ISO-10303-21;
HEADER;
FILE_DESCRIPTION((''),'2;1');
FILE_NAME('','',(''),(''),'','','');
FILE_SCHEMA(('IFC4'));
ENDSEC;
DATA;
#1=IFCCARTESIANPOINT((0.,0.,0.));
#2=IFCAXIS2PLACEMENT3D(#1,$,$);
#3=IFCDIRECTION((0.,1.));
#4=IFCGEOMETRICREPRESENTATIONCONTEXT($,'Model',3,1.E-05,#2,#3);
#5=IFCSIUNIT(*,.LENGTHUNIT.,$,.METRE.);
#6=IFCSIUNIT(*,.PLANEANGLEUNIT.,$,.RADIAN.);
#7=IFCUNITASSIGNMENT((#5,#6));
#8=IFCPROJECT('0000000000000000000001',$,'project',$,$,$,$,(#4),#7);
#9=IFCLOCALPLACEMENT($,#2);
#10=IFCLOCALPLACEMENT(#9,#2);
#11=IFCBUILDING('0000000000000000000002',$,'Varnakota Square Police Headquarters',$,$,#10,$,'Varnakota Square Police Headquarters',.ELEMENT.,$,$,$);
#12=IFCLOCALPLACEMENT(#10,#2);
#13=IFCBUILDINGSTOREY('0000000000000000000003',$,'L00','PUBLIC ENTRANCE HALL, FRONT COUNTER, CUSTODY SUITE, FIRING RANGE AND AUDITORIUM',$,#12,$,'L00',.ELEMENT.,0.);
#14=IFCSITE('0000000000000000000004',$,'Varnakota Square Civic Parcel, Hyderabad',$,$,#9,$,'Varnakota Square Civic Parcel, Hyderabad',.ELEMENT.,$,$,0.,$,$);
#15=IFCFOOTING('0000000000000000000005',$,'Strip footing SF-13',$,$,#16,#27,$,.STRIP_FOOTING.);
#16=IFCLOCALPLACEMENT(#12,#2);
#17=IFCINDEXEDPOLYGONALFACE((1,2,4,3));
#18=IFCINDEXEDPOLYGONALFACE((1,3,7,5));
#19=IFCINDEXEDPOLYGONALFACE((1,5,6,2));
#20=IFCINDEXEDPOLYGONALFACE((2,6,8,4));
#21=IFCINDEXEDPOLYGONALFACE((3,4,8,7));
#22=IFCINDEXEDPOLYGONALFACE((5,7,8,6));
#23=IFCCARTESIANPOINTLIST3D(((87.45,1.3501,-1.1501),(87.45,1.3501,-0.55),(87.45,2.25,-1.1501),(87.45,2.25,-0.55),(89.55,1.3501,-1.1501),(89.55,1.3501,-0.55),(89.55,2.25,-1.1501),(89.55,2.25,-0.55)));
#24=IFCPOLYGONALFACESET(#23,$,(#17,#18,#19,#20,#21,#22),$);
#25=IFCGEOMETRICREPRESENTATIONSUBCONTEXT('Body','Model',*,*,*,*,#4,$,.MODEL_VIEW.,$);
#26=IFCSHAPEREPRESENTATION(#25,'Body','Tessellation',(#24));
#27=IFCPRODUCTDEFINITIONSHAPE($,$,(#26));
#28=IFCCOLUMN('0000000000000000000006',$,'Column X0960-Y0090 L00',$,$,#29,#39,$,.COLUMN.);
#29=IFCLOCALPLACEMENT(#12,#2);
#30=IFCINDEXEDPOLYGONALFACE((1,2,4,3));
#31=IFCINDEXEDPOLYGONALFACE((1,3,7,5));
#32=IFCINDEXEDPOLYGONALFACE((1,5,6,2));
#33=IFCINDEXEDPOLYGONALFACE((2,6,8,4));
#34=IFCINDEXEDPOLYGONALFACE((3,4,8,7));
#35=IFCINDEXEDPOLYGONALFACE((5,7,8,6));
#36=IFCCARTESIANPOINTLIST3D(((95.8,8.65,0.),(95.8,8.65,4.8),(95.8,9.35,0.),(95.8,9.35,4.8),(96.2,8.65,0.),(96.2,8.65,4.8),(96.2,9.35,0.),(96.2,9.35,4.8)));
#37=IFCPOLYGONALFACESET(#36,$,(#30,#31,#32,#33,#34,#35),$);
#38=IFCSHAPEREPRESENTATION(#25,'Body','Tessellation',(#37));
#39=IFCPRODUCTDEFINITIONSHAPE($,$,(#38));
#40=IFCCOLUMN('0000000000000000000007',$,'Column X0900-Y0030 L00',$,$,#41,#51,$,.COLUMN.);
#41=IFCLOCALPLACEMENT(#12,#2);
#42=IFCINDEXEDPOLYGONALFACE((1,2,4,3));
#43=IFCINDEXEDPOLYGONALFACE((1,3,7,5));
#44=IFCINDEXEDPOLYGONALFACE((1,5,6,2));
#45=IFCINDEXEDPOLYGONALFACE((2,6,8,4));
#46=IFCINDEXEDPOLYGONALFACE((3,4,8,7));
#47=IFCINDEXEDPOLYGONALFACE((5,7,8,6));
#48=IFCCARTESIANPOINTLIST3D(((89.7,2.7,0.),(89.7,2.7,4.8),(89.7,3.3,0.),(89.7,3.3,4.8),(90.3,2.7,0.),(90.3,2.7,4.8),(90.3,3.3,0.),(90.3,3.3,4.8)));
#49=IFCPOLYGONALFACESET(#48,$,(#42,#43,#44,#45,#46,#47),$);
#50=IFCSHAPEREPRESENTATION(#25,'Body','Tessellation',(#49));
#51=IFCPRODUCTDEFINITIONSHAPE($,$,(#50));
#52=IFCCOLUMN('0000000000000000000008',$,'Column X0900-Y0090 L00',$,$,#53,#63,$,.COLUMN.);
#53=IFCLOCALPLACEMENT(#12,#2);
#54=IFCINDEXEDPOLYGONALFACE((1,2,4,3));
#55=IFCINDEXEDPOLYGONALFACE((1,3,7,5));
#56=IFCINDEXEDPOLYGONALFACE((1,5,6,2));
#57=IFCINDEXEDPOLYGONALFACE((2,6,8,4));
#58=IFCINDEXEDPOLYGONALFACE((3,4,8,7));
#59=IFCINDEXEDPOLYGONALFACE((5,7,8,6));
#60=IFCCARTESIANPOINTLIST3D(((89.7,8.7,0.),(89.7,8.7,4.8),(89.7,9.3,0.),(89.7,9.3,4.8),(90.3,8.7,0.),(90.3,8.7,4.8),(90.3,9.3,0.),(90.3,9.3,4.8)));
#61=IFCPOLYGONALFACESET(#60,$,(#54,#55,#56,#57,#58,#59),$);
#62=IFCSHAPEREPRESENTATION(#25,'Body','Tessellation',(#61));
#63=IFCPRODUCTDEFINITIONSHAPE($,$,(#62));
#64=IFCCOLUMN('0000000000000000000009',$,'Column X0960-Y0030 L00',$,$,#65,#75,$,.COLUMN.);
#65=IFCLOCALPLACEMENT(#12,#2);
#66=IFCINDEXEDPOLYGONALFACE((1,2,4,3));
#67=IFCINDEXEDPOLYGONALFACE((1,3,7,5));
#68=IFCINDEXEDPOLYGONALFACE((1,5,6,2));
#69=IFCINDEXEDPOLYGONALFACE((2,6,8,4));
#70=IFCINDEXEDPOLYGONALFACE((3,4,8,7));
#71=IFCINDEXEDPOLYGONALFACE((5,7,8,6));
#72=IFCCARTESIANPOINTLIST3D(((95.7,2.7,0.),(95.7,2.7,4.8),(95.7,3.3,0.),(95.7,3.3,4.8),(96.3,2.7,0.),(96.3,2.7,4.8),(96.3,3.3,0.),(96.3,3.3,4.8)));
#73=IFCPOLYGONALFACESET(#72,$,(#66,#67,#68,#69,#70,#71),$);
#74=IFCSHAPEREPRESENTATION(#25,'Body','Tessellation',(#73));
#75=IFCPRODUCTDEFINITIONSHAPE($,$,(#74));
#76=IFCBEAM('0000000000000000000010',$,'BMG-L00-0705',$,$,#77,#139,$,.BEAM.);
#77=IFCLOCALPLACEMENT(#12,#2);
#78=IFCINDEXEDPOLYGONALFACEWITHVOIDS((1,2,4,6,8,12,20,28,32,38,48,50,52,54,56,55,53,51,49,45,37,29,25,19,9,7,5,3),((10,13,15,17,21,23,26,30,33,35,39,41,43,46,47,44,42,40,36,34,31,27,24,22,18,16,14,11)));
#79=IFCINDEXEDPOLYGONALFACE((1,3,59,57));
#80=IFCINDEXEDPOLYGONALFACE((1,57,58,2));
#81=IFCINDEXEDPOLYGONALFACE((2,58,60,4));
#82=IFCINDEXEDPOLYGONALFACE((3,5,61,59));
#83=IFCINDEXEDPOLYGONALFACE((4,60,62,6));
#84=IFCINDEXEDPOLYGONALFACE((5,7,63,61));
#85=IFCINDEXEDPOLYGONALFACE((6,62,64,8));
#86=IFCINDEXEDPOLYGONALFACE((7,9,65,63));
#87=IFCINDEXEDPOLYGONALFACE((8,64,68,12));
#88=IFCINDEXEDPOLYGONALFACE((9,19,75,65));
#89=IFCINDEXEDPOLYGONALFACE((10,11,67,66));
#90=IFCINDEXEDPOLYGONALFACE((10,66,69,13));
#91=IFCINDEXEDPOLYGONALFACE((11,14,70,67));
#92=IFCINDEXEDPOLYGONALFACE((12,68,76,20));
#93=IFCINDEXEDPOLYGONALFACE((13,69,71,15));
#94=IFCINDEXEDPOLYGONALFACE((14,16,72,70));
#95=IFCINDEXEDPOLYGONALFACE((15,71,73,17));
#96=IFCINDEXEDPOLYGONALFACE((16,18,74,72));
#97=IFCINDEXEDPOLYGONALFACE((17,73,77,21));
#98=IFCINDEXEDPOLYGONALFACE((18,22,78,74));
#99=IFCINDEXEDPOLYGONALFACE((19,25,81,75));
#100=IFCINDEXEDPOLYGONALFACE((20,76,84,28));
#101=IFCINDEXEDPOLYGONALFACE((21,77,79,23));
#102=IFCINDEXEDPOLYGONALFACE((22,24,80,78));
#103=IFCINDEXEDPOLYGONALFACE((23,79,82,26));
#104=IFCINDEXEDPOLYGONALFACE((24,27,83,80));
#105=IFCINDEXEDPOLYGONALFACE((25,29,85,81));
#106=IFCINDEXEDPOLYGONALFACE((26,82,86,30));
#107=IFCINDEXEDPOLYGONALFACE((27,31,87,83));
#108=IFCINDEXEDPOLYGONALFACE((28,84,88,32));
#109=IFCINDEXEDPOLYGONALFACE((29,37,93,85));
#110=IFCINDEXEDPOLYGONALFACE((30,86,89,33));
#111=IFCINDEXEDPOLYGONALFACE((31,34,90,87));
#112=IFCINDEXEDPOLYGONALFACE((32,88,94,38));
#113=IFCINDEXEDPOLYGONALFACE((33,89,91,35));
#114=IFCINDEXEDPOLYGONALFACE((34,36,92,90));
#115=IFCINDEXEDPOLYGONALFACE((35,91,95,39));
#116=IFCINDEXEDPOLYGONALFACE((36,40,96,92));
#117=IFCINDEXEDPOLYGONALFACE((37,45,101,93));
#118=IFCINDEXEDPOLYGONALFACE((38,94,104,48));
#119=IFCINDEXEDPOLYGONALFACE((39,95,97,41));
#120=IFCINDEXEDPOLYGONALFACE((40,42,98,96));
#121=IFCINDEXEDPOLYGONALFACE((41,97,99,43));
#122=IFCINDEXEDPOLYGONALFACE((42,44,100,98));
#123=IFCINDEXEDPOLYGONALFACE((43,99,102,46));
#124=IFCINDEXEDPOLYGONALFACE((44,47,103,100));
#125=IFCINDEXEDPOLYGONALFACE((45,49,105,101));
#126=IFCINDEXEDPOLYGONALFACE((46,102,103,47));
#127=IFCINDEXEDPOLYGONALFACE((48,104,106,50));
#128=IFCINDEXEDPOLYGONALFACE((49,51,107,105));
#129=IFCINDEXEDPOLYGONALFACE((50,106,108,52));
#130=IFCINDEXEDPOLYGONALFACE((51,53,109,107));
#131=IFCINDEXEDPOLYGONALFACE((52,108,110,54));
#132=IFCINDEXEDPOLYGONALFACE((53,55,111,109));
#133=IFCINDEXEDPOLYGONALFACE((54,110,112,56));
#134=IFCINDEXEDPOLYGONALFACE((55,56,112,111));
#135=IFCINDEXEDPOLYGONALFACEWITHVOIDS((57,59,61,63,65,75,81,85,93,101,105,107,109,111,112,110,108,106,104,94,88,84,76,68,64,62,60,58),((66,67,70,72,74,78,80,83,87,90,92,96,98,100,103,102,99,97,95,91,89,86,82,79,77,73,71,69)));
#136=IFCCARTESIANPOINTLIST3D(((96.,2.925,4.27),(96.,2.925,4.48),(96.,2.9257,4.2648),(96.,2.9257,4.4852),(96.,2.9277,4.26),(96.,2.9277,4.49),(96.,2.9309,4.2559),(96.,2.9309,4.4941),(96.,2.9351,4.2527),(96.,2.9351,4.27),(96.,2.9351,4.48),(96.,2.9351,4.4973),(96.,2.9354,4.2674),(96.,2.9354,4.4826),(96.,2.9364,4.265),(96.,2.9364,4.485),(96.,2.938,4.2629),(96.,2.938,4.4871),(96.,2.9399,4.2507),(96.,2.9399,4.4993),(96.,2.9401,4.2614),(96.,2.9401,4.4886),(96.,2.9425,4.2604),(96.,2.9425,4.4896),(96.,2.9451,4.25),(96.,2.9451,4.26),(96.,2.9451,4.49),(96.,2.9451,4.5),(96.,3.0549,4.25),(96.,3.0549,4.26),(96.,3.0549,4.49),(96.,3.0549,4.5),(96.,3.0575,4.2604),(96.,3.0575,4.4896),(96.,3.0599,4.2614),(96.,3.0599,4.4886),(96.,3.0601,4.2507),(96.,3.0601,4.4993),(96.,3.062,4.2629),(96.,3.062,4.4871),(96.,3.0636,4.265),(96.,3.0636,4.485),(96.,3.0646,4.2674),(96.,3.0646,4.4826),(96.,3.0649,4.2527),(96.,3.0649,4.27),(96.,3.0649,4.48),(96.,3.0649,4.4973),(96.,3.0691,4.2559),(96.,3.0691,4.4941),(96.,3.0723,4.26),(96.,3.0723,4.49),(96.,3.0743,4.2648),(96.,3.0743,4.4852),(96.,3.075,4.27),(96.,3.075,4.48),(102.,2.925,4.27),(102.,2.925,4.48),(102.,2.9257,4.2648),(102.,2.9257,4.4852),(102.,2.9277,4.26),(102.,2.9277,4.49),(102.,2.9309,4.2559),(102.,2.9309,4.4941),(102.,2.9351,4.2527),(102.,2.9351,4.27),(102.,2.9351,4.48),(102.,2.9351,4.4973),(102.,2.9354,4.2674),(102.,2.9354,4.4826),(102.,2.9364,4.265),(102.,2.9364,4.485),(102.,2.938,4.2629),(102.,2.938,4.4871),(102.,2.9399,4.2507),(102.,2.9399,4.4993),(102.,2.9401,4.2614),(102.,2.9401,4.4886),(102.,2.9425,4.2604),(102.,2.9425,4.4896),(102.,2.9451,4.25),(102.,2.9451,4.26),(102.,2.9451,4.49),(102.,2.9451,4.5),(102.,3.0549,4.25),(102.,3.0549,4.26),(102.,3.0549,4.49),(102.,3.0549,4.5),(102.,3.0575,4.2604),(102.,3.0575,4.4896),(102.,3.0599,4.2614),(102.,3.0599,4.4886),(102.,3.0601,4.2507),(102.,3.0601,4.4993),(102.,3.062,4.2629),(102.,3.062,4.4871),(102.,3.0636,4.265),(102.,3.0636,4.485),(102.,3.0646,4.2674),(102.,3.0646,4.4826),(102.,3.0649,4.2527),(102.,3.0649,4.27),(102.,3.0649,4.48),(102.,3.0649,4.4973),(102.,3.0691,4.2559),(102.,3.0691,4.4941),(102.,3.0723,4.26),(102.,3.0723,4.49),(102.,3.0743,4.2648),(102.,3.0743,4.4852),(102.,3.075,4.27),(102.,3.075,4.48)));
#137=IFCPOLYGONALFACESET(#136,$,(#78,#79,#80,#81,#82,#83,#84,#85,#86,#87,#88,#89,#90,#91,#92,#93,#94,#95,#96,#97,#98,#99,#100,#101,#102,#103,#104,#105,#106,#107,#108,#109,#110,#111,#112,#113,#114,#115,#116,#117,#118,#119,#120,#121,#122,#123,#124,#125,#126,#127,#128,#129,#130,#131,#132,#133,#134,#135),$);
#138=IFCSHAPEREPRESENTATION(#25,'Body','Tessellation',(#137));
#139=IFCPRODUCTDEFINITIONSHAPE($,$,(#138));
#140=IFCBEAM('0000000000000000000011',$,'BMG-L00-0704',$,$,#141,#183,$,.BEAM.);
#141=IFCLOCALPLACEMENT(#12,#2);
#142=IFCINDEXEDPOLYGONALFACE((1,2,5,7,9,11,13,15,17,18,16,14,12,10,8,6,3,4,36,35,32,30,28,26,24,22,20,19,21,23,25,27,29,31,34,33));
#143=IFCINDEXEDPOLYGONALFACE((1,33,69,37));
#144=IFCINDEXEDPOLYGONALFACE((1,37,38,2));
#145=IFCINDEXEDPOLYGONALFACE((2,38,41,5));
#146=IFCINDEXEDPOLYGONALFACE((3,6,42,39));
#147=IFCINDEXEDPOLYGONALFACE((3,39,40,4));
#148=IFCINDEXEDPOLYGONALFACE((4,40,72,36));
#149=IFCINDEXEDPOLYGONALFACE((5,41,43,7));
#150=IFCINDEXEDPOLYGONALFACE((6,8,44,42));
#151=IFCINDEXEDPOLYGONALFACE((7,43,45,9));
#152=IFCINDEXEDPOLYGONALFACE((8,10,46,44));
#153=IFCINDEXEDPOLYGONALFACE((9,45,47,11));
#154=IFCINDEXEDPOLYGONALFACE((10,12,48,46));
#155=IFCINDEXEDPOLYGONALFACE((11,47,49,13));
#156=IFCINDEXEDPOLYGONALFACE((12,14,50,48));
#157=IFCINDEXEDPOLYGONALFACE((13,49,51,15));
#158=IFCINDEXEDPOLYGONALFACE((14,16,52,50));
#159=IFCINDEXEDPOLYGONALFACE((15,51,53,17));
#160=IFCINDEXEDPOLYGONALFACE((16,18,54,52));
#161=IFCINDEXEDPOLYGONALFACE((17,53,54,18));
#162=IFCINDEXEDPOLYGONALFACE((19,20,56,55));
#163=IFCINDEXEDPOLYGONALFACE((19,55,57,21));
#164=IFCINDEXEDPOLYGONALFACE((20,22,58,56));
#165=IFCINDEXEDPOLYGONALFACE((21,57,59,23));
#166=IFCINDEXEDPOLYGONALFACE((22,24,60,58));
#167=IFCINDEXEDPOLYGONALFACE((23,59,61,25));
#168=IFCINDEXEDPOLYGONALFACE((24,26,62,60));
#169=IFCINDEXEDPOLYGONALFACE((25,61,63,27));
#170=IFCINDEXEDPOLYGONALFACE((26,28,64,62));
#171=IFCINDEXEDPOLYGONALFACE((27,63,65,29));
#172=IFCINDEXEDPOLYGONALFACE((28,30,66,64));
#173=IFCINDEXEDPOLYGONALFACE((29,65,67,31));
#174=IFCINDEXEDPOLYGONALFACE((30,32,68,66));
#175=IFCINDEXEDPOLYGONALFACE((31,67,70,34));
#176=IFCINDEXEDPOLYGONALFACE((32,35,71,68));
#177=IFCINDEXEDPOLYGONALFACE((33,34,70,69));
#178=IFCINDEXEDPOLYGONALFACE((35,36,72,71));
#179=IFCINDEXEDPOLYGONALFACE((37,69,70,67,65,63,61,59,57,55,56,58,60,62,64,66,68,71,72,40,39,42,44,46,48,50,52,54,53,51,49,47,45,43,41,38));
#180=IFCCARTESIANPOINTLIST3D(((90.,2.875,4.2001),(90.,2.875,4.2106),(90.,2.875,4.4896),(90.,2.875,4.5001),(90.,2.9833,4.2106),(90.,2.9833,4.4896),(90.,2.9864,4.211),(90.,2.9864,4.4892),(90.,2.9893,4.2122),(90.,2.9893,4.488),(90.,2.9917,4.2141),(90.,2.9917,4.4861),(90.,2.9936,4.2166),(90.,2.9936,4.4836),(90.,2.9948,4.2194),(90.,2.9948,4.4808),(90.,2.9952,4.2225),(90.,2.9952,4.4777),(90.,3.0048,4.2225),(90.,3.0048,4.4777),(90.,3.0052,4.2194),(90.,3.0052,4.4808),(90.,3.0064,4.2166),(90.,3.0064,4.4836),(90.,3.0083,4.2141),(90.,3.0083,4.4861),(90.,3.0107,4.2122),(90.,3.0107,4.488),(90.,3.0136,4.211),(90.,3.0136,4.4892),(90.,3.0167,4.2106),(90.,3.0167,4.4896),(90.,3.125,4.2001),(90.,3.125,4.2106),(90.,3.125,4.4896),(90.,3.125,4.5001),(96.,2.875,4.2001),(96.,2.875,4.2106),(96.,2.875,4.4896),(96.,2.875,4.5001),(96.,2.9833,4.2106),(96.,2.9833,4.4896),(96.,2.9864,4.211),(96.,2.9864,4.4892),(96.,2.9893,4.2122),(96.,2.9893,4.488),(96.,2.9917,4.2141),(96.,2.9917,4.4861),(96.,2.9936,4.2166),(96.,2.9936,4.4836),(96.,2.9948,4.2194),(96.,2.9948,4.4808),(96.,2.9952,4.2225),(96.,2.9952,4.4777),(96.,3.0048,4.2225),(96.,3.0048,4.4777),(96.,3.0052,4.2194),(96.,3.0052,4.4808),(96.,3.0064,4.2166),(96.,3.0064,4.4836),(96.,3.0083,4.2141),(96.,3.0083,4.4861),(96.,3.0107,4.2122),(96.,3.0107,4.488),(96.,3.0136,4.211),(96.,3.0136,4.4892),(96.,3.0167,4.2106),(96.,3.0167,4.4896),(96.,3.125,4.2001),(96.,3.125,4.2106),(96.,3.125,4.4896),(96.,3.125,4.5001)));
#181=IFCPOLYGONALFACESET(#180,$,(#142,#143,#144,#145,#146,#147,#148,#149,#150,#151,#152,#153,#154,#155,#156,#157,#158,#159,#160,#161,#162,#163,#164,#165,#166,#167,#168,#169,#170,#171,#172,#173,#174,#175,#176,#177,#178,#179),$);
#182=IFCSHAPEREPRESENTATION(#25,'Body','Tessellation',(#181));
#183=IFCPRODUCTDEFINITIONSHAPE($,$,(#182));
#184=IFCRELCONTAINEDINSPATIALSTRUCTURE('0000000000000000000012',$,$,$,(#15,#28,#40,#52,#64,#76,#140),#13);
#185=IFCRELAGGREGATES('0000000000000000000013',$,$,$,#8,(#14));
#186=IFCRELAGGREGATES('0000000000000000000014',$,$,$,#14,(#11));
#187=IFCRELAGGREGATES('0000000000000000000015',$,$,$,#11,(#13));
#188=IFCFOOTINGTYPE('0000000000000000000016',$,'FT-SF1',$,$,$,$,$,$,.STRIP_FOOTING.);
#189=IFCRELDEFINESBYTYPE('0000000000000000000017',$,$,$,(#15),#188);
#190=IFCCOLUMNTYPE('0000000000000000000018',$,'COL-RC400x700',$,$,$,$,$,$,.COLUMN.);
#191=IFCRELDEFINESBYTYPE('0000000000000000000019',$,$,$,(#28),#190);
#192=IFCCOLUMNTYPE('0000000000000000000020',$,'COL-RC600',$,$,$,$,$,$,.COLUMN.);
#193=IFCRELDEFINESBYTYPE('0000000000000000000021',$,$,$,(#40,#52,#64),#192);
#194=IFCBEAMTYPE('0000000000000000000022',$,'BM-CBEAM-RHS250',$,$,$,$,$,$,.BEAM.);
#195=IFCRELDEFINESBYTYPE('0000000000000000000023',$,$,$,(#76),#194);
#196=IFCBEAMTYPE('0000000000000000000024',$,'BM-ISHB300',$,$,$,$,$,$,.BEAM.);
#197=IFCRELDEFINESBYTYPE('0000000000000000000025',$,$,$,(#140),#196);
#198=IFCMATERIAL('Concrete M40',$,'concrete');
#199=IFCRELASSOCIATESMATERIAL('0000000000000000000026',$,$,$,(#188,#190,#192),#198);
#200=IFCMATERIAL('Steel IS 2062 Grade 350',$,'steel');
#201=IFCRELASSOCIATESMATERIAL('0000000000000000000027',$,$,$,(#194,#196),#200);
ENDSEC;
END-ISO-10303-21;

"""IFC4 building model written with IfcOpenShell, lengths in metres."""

from ifc_helpers import new_model, si_unit, direction, frame, origin, origin_2d, place, context, subcontext, project, spatial, rectangle, hollow_rectangle, i_section, extrude, material, material_profile, profile_set, type_object, element, save


model = new_model("IFC4")

# Units and contexts
model_context = context("Model", 3, precision=1e-05, world=origin(), true_north=direction((0.0, 1.0)))
body_context = subcontext(model_context, "Body", "Model", "MODEL_VIEW")
ifc_project = project(units=[si_unit("LENGTHUNIT", "METRE"), si_unit("PLANEANGLEUNIT", "RADIAN")], contexts=[model_context])

# Site, building, storey
site_placement = place(None, origin())
site = spatial("IfcSite", under=ifc_project, at=site_placement, Name="Varnakota Square Civic Parcel, Hyderabad", LongName="Varnakota Square Civic Parcel, Hyderabad", CompositionType="ELEMENT", RefElevation=0.0)
building_placement = place(site_placement, origin())
building = spatial("IfcBuilding", under=site, at=building_placement, Name="Varnakota Square Police Headquarters", LongName="Varnakota Square Police Headquarters", CompositionType="ELEMENT")
storey_placement = place(building_placement, origin())
storey = spatial("IfcBuildingStorey", under=building, at=storey_placement, Name="L00", Description="PUBLIC ENTRANCE HALL, FRONT COUNTER, CUSTODY SUITE, FIRING RANGE AND AUDITORIUM", LongName="L00", CompositionType="ELEMENT", Elevation=0.0)

# Footing
ifc_material_1 = material(Name="Concrete M40", Category="concrete")
ifc_material_profile_1 = material_profile(ifc_material_1, rectangle(XDim=0.8999, YDim=0.6001, at=origin_2d()), Name="SF 900x600")
ifc_profile_set_1 = profile_set([ifc_material_profile_1], Name="Concrete M40")
footing_type = type_object("IfcFootingType", Name="FT-SF1", PredefinedType="STRIP_FOOTING", material=ifc_profile_set_1)
footing_placement = place(storey_placement, frame((89.55, 1.8, -0.8501), z_axis=(-1.0, 0.0, 0.0), x_axis=(0.0, -1.0, 0.0)))
element("IfcFooting", 1, at=footing_placement, inside=storey, type_object=footing_type, Name="Strip footing SF-13", PredefinedType="STRIP_FOOTING", context=body_context, shape_type="SweptSolid", body=[
    extrude(rectangle(XDim=0.8999, YDim=0.6001, at=origin_2d()), origin(), (0.0, 0.0, 1.0), 2.1001),
])

# Columns
ifc_material_profile_2 = material_profile(ifc_material_1, rectangle(XDim=0.3999, YDim=0.7, at=origin_2d()), Name="RC 400x700")
ifc_profile_set_2 = profile_set([ifc_material_profile_2], Name="Concrete M40")
column_type_1 = type_object("IfcColumnType", Name="COL-RC400x700", PredefinedType="COLUMN", material=ifc_profile_set_2)
column_placement = place(storey_placement, frame((96.0, 9.0, 0.0), z_axis=(0.0, 0.0, 1.0), x_axis=(1.0, 0.0, 0.0)))
element("IfcColumn", 2, at=column_placement, inside=storey, type_object=column_type_1, Name="Column X0960-Y0090 L00", PredefinedType="COLUMN", context=body_context, shape_type="SweptSolid", body=[
    extrude(rectangle(XDim=0.3999, YDim=0.7, at=origin_2d()), origin(), (0.0, 0.0, 1.0), 4.8),
])
ifc_material_profile_3 = material_profile(ifc_material_1, rectangle(XDim=0.6001, YDim=0.6001, at=origin_2d()), Name="RC 600x600")
ifc_profile_set_3 = profile_set([ifc_material_profile_3], Name="Concrete M40")
column_type_2 = type_object("IfcColumnType", Name="COL-RC600", PredefinedType="COLUMN", material=ifc_profile_set_3)
for number, where, z_axis, x_axis, name in (
    (3, (90.0, 3.0, 0.0), (0.0, 0.0, 1.0), (1.0, 0.0, 0.0), "Column X0900-Y0030 L00"),
    (4, (90.0, 9.0, 0.0), (0.0, 0.0, 1.0), (1.0, 0.0, 0.0), "Column X0900-Y0090 L00"),
    (5, (96.0, 3.0, 0.0), (0.0, 0.0, 1.0), (1.0, 0.0, 0.0), "Column X0960-Y0030 L00"),
):
    element("IfcColumn", number, at=place(storey_placement, frame(where, z_axis=z_axis, x_axis=x_axis)), inside=storey, type_object=column_type_2, Name=name, PredefinedType="COLUMN", context=body_context, shape_type="SweptSolid", body=[
        extrude(rectangle(XDim=0.6001, YDim=0.6001, at=origin_2d()), origin(), (0.0, 0.0, 1.0), 4.8),
    ])

# Beams
ifc_material_2 = material(Name="Steel IS 2062 Grade 350", Category="steel")
ifc_material_profile_4 = material_profile(ifc_material_2, hollow_rectangle(XDim=0.1499, YDim=0.25, WallThickness=0.01, InnerFilletRadius=0.01, OuterFilletRadius=0.02, at=origin_2d()), Name="RHS 250x150x10")
ifc_profile_set_4 = profile_set([ifc_material_profile_4], Name="Steel IS 2062 Grade 350")
beam_type_1 = type_object("IfcBeamType", Name="BM-CBEAM-RHS250", PredefinedType="BEAM", material=ifc_profile_set_4)
beam_1_placement = place(storey_placement, frame((96.0, 3.0, 4.375), z_axis=(1.0, 0.0, 0.0), x_axis=(0.0, 1.0, 0.0)))
element("IfcBeam", 6, at=beam_1_placement, inside=storey, type_object=beam_type_1, Name="BMG-L00-0705", PredefinedType="BEAM", context=body_context, shape_type="SweptSolid", body=[
    extrude(hollow_rectangle(XDim=0.1499, YDim=0.25, WallThickness=0.01, InnerFilletRadius=0.01, OuterFilletRadius=0.02, at=origin_2d()), origin(), (0.0, 0.0, 1.0), 6.0),
])
ifc_material_profile_5 = material_profile(ifc_material_2, i_section(OverallWidth=0.25, OverallDepth=0.3, WebThickness=0.0095, FlangeThickness=0.0105, FilletRadius=0.012, at=origin_2d()), Name="ISHB 300")
ifc_profile_set_5 = profile_set([ifc_material_profile_5], Name="Steel IS 2062 Grade 350")
beam_type_2 = type_object("IfcBeamType", Name="BM-ISHB300", PredefinedType="BEAM", material=ifc_profile_set_5)
beam_2_placement = place(storey_placement, frame((90.0, 3.0, 4.3501), z_axis=(1.0, 0.0, 0.0), x_axis=(0.0, 1.0, 0.0)))
element("IfcBeam", 7, at=beam_2_placement, inside=storey, type_object=beam_type_2, Name="BMG-L00-0704", PredefinedType="BEAM", context=body_context, shape_type="SweptSolid", body=[
    extrude(i_section(OverallWidth=0.25, OverallDepth=0.3, WebThickness=0.0095, FlangeThickness=0.0105, FilletRadius=0.012, at=origin_2d()), origin(), (0.0, 0.0, 1.0), 6.0),
])

save(model, "model.ifc")
